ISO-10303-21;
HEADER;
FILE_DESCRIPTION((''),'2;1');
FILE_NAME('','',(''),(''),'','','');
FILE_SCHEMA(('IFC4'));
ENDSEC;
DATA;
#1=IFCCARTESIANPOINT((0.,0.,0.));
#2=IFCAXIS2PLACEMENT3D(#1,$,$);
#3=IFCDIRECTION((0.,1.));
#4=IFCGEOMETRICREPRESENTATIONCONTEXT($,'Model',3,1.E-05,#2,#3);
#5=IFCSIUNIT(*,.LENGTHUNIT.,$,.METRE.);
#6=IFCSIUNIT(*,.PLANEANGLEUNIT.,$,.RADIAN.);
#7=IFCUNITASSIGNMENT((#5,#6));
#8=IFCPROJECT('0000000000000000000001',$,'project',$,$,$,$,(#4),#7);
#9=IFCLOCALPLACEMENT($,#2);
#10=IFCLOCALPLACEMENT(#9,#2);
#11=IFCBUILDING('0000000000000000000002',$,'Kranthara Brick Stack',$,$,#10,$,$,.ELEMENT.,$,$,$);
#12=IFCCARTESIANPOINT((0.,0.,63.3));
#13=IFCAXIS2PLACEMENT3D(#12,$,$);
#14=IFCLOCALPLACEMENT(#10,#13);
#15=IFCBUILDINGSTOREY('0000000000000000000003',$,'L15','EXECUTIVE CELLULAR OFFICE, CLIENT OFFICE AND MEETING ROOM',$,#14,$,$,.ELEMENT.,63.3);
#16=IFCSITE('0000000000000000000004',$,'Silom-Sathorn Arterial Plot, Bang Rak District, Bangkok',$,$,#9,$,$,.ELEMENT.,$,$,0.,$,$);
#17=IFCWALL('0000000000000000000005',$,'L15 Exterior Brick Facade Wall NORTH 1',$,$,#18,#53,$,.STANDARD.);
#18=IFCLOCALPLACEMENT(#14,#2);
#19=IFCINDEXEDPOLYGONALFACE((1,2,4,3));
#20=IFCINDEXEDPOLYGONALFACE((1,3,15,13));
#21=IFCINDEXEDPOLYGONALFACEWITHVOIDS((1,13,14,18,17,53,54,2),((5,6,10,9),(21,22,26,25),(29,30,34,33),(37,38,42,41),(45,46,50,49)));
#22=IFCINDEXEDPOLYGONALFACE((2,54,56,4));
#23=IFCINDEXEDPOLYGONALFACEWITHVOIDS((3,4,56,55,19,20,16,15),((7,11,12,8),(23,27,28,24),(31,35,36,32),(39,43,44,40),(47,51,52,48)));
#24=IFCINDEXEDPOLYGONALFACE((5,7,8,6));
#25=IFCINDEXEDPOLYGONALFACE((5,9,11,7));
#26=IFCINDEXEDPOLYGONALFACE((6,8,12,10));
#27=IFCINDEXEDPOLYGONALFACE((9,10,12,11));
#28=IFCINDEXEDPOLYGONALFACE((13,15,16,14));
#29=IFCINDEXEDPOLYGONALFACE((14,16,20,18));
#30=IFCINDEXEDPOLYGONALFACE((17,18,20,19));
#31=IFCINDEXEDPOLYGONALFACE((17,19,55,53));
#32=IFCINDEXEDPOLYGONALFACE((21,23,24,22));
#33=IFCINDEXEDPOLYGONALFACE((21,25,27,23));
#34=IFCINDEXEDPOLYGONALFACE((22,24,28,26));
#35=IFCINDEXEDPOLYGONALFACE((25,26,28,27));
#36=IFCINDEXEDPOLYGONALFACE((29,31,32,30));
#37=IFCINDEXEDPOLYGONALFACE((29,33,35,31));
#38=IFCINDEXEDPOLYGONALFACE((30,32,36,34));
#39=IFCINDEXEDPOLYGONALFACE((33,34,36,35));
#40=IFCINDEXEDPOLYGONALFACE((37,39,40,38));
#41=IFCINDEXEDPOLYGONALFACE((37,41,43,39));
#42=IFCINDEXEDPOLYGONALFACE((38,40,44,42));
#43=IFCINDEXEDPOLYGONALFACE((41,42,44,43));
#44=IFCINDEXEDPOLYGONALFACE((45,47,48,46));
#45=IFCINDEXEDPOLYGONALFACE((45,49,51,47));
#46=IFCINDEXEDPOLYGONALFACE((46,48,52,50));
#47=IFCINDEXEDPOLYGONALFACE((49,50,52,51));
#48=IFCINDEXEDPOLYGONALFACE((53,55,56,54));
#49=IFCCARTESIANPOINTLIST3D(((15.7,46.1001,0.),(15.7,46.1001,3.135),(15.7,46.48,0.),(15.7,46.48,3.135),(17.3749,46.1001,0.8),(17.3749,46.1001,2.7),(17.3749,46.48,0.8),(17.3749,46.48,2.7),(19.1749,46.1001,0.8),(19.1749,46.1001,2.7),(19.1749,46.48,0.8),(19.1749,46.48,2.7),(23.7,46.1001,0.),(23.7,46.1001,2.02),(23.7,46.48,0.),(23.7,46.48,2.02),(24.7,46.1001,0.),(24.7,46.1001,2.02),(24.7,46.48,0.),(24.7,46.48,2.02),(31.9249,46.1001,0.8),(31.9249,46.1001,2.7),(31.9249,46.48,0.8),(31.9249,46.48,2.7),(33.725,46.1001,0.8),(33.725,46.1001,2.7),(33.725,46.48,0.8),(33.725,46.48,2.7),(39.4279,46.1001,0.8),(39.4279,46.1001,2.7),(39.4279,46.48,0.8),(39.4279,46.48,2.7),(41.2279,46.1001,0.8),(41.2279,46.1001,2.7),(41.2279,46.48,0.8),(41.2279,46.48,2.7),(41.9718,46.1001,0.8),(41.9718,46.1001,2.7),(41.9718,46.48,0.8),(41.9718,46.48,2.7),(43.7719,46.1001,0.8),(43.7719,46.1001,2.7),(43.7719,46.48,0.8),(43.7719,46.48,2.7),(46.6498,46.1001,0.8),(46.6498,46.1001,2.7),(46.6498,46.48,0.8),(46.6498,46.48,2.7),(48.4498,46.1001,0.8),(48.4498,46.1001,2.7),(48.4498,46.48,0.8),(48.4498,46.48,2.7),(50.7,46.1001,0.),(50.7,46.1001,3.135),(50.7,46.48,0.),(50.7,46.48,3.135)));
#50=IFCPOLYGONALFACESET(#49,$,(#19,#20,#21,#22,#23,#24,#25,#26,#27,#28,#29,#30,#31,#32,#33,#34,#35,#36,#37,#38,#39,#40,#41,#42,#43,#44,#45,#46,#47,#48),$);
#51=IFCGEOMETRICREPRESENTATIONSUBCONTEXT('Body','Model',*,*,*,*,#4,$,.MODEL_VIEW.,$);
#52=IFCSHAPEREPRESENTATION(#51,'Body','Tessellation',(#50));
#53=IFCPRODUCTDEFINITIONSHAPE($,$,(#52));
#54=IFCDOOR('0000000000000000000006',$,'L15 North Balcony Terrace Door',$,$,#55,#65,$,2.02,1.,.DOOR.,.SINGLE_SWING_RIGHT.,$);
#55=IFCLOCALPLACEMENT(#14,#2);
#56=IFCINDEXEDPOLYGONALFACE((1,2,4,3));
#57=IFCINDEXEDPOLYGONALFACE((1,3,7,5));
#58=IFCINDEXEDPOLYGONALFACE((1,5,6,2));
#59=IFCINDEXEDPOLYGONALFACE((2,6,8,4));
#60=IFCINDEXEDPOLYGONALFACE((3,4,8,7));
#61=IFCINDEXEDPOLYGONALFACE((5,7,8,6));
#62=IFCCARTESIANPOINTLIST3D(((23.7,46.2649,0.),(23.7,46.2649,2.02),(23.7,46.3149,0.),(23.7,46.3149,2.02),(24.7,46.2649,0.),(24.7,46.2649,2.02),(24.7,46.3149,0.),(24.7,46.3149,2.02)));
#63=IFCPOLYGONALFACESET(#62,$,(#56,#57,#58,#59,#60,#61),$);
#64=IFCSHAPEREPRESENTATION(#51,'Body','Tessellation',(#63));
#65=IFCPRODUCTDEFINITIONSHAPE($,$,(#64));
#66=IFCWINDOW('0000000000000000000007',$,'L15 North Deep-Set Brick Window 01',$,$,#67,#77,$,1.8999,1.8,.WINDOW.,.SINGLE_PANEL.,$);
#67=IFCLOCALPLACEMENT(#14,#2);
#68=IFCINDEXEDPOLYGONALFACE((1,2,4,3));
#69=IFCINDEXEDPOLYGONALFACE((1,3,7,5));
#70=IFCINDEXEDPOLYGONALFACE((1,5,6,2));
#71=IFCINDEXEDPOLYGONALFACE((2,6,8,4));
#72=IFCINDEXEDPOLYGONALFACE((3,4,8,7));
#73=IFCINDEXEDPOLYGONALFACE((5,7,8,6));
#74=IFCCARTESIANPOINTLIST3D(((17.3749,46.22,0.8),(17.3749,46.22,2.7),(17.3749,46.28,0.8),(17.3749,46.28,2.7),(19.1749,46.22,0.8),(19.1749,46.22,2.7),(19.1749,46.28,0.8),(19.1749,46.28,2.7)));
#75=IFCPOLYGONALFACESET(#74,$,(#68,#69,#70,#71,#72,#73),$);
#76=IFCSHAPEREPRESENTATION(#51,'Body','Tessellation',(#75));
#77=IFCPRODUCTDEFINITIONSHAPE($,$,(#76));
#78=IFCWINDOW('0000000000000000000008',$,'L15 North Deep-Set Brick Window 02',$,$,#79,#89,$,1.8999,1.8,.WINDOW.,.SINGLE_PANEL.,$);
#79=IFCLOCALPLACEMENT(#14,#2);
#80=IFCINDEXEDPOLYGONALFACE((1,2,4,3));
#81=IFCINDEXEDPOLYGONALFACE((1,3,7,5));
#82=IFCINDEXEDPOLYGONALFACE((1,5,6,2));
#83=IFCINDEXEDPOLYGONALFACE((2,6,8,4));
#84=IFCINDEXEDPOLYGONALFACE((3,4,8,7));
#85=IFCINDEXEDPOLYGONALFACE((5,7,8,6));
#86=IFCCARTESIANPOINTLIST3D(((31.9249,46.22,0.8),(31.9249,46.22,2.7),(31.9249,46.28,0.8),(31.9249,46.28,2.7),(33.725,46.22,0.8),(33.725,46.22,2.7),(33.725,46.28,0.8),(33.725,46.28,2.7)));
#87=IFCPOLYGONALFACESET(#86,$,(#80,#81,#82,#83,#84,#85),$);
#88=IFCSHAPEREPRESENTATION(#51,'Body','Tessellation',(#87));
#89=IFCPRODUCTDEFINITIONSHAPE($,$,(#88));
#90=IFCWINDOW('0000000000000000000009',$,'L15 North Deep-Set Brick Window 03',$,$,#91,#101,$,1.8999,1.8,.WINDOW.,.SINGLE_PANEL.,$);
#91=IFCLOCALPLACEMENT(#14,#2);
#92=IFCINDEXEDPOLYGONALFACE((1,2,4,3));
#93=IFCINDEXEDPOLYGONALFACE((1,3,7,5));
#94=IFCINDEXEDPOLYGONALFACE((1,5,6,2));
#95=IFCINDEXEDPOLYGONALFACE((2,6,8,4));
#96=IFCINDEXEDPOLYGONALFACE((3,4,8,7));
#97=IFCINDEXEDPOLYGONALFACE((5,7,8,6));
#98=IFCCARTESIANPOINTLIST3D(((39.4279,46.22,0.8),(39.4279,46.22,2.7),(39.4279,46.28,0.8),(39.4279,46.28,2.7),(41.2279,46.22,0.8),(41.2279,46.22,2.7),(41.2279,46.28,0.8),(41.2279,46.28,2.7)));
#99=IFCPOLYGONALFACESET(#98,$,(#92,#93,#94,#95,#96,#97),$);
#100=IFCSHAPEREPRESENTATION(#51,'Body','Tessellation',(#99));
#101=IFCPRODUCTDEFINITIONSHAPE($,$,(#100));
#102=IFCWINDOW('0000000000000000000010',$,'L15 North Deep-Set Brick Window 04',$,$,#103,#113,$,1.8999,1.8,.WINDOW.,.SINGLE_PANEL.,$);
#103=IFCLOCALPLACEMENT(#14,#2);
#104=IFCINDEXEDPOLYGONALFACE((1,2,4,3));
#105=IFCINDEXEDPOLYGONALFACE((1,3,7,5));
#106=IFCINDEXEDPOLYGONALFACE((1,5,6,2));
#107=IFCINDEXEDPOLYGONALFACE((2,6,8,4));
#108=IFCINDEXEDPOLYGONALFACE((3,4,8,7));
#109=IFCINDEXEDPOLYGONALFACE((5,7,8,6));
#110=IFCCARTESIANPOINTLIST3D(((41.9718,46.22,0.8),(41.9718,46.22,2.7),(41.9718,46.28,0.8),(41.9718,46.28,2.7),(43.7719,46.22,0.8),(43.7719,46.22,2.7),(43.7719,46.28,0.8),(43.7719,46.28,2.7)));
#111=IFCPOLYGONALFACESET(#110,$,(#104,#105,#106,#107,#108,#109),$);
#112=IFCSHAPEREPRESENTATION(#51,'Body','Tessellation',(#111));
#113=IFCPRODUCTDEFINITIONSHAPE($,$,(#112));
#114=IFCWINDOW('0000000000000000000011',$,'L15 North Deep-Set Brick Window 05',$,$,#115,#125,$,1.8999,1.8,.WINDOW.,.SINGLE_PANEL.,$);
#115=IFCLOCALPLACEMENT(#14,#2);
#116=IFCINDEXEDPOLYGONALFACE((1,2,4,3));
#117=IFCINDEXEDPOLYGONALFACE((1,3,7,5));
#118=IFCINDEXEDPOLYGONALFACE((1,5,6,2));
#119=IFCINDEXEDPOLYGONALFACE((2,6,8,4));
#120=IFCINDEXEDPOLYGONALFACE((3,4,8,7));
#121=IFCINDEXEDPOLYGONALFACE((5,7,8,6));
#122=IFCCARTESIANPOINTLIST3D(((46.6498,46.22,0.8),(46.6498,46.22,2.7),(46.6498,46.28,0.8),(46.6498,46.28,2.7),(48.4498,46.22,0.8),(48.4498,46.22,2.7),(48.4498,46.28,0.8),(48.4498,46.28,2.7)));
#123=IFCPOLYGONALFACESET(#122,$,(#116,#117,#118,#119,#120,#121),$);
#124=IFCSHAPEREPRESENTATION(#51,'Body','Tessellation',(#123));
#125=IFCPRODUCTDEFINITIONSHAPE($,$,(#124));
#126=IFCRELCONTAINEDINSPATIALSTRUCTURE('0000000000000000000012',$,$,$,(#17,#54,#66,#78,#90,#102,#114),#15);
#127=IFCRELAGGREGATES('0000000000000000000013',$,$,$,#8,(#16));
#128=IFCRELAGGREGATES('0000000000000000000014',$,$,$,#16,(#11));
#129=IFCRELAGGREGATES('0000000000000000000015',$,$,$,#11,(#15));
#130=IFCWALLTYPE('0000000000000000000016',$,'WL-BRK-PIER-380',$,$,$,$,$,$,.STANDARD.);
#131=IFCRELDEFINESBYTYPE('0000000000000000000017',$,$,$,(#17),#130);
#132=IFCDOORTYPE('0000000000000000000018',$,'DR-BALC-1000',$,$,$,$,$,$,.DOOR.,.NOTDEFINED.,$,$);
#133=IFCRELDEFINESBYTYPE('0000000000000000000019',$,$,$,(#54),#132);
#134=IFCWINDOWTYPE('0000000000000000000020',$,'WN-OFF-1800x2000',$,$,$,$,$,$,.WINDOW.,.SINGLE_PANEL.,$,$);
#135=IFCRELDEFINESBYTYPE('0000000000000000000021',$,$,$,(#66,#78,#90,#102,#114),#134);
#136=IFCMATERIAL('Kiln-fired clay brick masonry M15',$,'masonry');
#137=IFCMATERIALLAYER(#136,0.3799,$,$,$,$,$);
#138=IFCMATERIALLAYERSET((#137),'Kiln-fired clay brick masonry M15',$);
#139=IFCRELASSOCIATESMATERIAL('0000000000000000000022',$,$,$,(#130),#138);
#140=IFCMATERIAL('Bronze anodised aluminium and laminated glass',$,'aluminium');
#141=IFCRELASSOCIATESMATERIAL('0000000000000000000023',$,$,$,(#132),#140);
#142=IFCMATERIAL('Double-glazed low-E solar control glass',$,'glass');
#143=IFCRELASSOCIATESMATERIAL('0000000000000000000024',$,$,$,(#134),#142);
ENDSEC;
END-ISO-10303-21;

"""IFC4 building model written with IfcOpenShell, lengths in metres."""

from ifc_helpers import new_model, si_unit, direction, frame, frame_2d, origin, place, context, subcontext, project, spatial, rectangle, extrude, material, layer, layer_set, type_object, element, fill, save


model = new_model("IFC4")

# Units and contexts
model_context = context("Model", 3, precision=1e-05, world=origin(), true_north=direction((0.0, 1.0)))
body_context = subcontext(model_context, "Body", "Model", "MODEL_VIEW")
ifc_project = project(units=[si_unit("LENGTHUNIT", "METRE"), si_unit("PLANEANGLEUNIT", "RADIAN")], contexts=[model_context])

# Site, building, storey
site_placement = place(None, origin())
site = spatial("IfcSite", under=ifc_project, at=site_placement, Name="Silom-Sathorn Arterial Plot, Bang Rak District, Bangkok", CompositionType="ELEMENT", RefElevation=0.0)
building_placement = place(site_placement, origin())
building = spatial("IfcBuilding", under=site, at=building_placement, Name="Kranthara Brick Stack", CompositionType="ELEMENT")
storey_placement = place(building_placement, frame((0.0, 0.0, 63.3)))
storey = spatial("IfcBuildingStorey", under=building, at=storey_placement, Name="L15", Description="EXECUTIVE CELLULAR OFFICE, CLIENT OFFICE AND MEETING ROOM", CompositionType="ELEMENT", Elevation=63.3)

# Shared definitions
ifc_material_1 = material(Name="Kiln-fired clay brick masonry M15", Category="masonry")
ifc_layer_1 = layer(ifc_material_1, 0.3799)
ifc_layer_set_1 = layer_set([ifc_layer_1], Name="Kiln-fired clay brick masonry M15")
wall_type_1 = type_object("IfcWallType", Name="WL-BRK-PIER-380", PredefinedType="STANDARD", material=ifc_layer_set_1)

# Wall, openings, door, windows
wall_1_placement = place(storey_placement, frame((15.7, 46.29, 0.0), z_axis=(0.0, 0.0, 1.0), x_axis=(1.0, 0.0, 0.0)))
wall_1 = element("IfcWall", 1, at=wall_1_placement, inside=storey, type_object=wall_type_1, Name="L15 Exterior Brick Facade Wall NORTH 1", PredefinedType="STANDARD", context=body_context, shape_type="SweptSolid", body=[
    extrude(rectangle(XDim=35.0, YDim=0.3799, at=frame_2d((17.5, 0.0))), origin(), (0.0, 0.0, 1.0), 3.135),
])
opening_1_placement = place(wall_1_placement, frame((8.0, 0.0, 0.0)))
opening_1 = element("IfcOpeningElement", 2, at=opening_1_placement, cuts=wall_1, PredefinedType="OPENING", context=body_context, shape_type="SweptSolid", body=[
    extrude(rectangle(XDim=1.0, YDim=2.02, at=frame_2d((0.5, 1.01))), frame((0.0, 0.2, 0.0), z_axis=(0.0, -1.0, 0.0), x_axis=(1.0, 0.0, 0.0)), (0.0, 0.0, 1.0), 0.3999),
])
opening_2_placement = place(wall_1_placement, frame((1.675, 0.0, 0.8)))
opening_2 = element("IfcOpeningElement", 3, at=opening_2_placement, cuts=wall_1, PredefinedType="OPENING", context=body_context, shape_type="SweptSolid", body=[
    extrude(rectangle(XDim=1.8, YDim=1.8999, at=frame_2d((0.8999, 0.95))), frame((0.0, 0.2, 0.0), z_axis=(0.0, -1.0, 0.0), x_axis=(1.0, 0.0, 0.0)), (0.0, 0.0, 1.0), 0.3999),
])
opening_3_placement = place(wall_1_placement, frame((16.2251, 0.0, 0.8)))
opening_3 = element("IfcOpeningElement", 4, at=opening_3_placement, cuts=wall_1, PredefinedType="OPENING", context=body_context, shape_type="SweptSolid", body=[
    extrude(rectangle(XDim=1.8, YDim=1.8999, at=frame_2d((0.8999, 0.95))), frame((0.0, 0.2, 0.0), z_axis=(0.0, -1.0, 0.0), x_axis=(1.0, 0.0, 0.0)), (0.0, 0.0, 1.0), 0.3999),
])
opening_4_placement = place(wall_1_placement, frame((23.728, 0.0, 0.8)))
opening_4 = element("IfcOpeningElement", 5, at=opening_4_placement, cuts=wall_1, PredefinedType="OPENING", context=body_context, shape_type="SweptSolid", body=[
    extrude(rectangle(XDim=1.8, YDim=1.8999, at=frame_2d((0.8999, 0.95))), frame((0.0, 0.2, 0.0), z_axis=(0.0, -1.0, 0.0), x_axis=(1.0, 0.0, 0.0)), (0.0, 0.0, 1.0), 0.3999),
])
opening_5_placement = place(wall_1_placement, frame((26.272, 0.0, 0.8)))
opening_5 = element("IfcOpeningElement", 6, at=opening_5_placement, cuts=wall_1, PredefinedType="OPENING", context=body_context, shape_type="SweptSolid", body=[
    extrude(rectangle(XDim=1.8, YDim=1.8999, at=frame_2d((0.8999, 0.95))), frame((0.0, 0.2, 0.0), z_axis=(0.0, -1.0, 0.0), x_axis=(1.0, 0.0, 0.0)), (0.0, 0.0, 1.0), 0.3999),
])
opening_6_placement = place(wall_1_placement, frame((30.95, 0.0, 0.8)))
opening_6 = element("IfcOpeningElement", 7, at=opening_6_placement, cuts=wall_1, PredefinedType="OPENING", context=body_context, shape_type="SweptSolid", body=[
    extrude(rectangle(XDim=1.8, YDim=1.8999, at=frame_2d((0.8999, 0.95))), frame((0.0, 0.2, 0.0), z_axis=(0.0, -1.0, 0.0), x_axis=(1.0, 0.0, 0.0)), (0.0, 0.0, 1.0), 0.3999),
])
ifc_material_2 = material(Name="Bronze anodised aluminium and laminated glass", Category="aluminium")
door_type_1 = type_object("IfcDoorType", Name="DR-BALC-1000", OperationType="NOTDEFINED", PredefinedType="DOOR", material=ifc_material_2)
door_1_placement = place(opening_1_placement, origin())
door_1 = element("IfcDoor", 8, at=door_1_placement, inside=storey, type_object=door_type_1, Name="L15 North Balcony Terrace Door", OperationType="SINGLE_SWING_RIGHT", OverallHeight=2.02, OverallWidth=1.0, PredefinedType="DOOR", context=body_context, shape_type="SweptSolid", body=[
    extrude(rectangle(XDim=1.0, YDim=2.02, at=frame_2d((0.5, 1.01))), frame((0.0, 0.0249, 0.0), z_axis=(0.0, -1.0, 0.0), x_axis=(1.0, 0.0, 0.0)), (0.0, 0.0, 1.0), 0.05),
])
fill(opening_1, door_1)
ifc_material_3 = material(Name="Double-glazed low-E solar control glass", Category="glass")
window_type_1 = type_object("IfcWindowType", Name="WN-OFF-1800x2000", PartitioningType="SINGLE_PANEL", PredefinedType="WINDOW", material=ifc_material_3)
window_1_placement = place(opening_2_placement, origin())
window_1 = element("IfcWindow", 9, at=window_1_placement, inside=storey, type_object=window_type_1, Name="L15 North Deep-Set Brick Window 01", OverallHeight=1.8999, OverallWidth=1.8, PartitioningType="SINGLE_PANEL", PredefinedType="WINDOW", context=body_context, shape_type="SweptSolid", body=[
    extrude(rectangle(XDim=1.8, YDim=1.8999, at=frame_2d((0.8999, 0.95))), frame((0.0, -0.01, 0.0), z_axis=(0.0, -1.0, 0.0), x_axis=(1.0, 0.0, 0.0)), (0.0, 0.0, 1.0), 0.0601),
])
fill(opening_2, window_1)
window_2_placement = place(opening_3_placement, origin())
window_2 = element("IfcWindow", 10, at=window_2_placement, inside=storey, type_object=window_type_1, Name="L15 North Deep-Set Brick Window 02", OverallHeight=1.8999, OverallWidth=1.8, PartitioningType="SINGLE_PANEL", PredefinedType="WINDOW", context=body_context, shape_type="SweptSolid", body=[
    extrude(rectangle(XDim=1.8, YDim=1.8999, at=frame_2d((0.8999, 0.95))), frame((0.0, -0.01, 0.0), z_axis=(0.0, -1.0, 0.0), x_axis=(1.0, 0.0, 0.0)), (0.0, 0.0, 1.0), 0.0601),
])
fill(opening_3, window_2)
window_3_placement = place(opening_4_placement, origin())
window_3 = element("IfcWindow", 11, at=window_3_placement, inside=storey, type_object=window_type_1, Name="L15 North Deep-Set Brick Window 03", OverallHeight=1.8999, OverallWidth=1.8, PartitioningType="SINGLE_PANEL", PredefinedType="WINDOW", context=body_context, shape_type="SweptSolid", body=[
    extrude(rectangle(XDim=1.8, YDim=1.8999, at=frame_2d((0.8999, 0.95))), frame((0.0, -0.01, 0.0), z_axis=(0.0, -1.0, 0.0), x_axis=(1.0, 0.0, 0.0)), (0.0, 0.0, 1.0), 0.0601),
])
fill(opening_4, window_3)
window_4_placement = place(opening_5_placement, origin())
window_4 = element("IfcWindow", 12, at=window_4_placement, inside=storey, type_object=window_type_1, Name="L15 North Deep-Set Brick Window 04", OverallHeight=1.8999, OverallWidth=1.8, PartitioningType="SINGLE_PANEL", PredefinedType="WINDOW", context=body_context, shape_type="SweptSolid", body=[
    extrude(rectangle(XDim=1.8, YDim=1.8999, at=frame_2d((0.8999, 0.95))), frame((0.0, -0.01, 0.0), z_axis=(0.0, -1.0, 0.0), x_axis=(1.0, 0.0, 0.0)), (0.0, 0.0, 1.0), 0.0601),
])
fill(opening_5, window_4)
window_5_placement = place(opening_6_placement, origin())
window_5 = element("IfcWindow", 13, at=window_5_placement, inside=storey, type_object=window_type_1, Name="L15 North Deep-Set Brick Window 05", OverallHeight=1.8999, OverallWidth=1.8, PartitioningType="SINGLE_PANEL", PredefinedType="WINDOW", context=body_context, shape_type="SweptSolid", body=[
    extrude(rectangle(XDim=1.8, YDim=1.8999, at=frame_2d((0.8999, 0.95))), frame((0.0, -0.01, 0.0), z_axis=(0.0, -1.0, 0.0), x_axis=(1.0, 0.0, 0.0)), (0.0, 0.0, 1.0), 0.0601),
])
fill(opening_6, window_5)

save(model, "model.ifc")
